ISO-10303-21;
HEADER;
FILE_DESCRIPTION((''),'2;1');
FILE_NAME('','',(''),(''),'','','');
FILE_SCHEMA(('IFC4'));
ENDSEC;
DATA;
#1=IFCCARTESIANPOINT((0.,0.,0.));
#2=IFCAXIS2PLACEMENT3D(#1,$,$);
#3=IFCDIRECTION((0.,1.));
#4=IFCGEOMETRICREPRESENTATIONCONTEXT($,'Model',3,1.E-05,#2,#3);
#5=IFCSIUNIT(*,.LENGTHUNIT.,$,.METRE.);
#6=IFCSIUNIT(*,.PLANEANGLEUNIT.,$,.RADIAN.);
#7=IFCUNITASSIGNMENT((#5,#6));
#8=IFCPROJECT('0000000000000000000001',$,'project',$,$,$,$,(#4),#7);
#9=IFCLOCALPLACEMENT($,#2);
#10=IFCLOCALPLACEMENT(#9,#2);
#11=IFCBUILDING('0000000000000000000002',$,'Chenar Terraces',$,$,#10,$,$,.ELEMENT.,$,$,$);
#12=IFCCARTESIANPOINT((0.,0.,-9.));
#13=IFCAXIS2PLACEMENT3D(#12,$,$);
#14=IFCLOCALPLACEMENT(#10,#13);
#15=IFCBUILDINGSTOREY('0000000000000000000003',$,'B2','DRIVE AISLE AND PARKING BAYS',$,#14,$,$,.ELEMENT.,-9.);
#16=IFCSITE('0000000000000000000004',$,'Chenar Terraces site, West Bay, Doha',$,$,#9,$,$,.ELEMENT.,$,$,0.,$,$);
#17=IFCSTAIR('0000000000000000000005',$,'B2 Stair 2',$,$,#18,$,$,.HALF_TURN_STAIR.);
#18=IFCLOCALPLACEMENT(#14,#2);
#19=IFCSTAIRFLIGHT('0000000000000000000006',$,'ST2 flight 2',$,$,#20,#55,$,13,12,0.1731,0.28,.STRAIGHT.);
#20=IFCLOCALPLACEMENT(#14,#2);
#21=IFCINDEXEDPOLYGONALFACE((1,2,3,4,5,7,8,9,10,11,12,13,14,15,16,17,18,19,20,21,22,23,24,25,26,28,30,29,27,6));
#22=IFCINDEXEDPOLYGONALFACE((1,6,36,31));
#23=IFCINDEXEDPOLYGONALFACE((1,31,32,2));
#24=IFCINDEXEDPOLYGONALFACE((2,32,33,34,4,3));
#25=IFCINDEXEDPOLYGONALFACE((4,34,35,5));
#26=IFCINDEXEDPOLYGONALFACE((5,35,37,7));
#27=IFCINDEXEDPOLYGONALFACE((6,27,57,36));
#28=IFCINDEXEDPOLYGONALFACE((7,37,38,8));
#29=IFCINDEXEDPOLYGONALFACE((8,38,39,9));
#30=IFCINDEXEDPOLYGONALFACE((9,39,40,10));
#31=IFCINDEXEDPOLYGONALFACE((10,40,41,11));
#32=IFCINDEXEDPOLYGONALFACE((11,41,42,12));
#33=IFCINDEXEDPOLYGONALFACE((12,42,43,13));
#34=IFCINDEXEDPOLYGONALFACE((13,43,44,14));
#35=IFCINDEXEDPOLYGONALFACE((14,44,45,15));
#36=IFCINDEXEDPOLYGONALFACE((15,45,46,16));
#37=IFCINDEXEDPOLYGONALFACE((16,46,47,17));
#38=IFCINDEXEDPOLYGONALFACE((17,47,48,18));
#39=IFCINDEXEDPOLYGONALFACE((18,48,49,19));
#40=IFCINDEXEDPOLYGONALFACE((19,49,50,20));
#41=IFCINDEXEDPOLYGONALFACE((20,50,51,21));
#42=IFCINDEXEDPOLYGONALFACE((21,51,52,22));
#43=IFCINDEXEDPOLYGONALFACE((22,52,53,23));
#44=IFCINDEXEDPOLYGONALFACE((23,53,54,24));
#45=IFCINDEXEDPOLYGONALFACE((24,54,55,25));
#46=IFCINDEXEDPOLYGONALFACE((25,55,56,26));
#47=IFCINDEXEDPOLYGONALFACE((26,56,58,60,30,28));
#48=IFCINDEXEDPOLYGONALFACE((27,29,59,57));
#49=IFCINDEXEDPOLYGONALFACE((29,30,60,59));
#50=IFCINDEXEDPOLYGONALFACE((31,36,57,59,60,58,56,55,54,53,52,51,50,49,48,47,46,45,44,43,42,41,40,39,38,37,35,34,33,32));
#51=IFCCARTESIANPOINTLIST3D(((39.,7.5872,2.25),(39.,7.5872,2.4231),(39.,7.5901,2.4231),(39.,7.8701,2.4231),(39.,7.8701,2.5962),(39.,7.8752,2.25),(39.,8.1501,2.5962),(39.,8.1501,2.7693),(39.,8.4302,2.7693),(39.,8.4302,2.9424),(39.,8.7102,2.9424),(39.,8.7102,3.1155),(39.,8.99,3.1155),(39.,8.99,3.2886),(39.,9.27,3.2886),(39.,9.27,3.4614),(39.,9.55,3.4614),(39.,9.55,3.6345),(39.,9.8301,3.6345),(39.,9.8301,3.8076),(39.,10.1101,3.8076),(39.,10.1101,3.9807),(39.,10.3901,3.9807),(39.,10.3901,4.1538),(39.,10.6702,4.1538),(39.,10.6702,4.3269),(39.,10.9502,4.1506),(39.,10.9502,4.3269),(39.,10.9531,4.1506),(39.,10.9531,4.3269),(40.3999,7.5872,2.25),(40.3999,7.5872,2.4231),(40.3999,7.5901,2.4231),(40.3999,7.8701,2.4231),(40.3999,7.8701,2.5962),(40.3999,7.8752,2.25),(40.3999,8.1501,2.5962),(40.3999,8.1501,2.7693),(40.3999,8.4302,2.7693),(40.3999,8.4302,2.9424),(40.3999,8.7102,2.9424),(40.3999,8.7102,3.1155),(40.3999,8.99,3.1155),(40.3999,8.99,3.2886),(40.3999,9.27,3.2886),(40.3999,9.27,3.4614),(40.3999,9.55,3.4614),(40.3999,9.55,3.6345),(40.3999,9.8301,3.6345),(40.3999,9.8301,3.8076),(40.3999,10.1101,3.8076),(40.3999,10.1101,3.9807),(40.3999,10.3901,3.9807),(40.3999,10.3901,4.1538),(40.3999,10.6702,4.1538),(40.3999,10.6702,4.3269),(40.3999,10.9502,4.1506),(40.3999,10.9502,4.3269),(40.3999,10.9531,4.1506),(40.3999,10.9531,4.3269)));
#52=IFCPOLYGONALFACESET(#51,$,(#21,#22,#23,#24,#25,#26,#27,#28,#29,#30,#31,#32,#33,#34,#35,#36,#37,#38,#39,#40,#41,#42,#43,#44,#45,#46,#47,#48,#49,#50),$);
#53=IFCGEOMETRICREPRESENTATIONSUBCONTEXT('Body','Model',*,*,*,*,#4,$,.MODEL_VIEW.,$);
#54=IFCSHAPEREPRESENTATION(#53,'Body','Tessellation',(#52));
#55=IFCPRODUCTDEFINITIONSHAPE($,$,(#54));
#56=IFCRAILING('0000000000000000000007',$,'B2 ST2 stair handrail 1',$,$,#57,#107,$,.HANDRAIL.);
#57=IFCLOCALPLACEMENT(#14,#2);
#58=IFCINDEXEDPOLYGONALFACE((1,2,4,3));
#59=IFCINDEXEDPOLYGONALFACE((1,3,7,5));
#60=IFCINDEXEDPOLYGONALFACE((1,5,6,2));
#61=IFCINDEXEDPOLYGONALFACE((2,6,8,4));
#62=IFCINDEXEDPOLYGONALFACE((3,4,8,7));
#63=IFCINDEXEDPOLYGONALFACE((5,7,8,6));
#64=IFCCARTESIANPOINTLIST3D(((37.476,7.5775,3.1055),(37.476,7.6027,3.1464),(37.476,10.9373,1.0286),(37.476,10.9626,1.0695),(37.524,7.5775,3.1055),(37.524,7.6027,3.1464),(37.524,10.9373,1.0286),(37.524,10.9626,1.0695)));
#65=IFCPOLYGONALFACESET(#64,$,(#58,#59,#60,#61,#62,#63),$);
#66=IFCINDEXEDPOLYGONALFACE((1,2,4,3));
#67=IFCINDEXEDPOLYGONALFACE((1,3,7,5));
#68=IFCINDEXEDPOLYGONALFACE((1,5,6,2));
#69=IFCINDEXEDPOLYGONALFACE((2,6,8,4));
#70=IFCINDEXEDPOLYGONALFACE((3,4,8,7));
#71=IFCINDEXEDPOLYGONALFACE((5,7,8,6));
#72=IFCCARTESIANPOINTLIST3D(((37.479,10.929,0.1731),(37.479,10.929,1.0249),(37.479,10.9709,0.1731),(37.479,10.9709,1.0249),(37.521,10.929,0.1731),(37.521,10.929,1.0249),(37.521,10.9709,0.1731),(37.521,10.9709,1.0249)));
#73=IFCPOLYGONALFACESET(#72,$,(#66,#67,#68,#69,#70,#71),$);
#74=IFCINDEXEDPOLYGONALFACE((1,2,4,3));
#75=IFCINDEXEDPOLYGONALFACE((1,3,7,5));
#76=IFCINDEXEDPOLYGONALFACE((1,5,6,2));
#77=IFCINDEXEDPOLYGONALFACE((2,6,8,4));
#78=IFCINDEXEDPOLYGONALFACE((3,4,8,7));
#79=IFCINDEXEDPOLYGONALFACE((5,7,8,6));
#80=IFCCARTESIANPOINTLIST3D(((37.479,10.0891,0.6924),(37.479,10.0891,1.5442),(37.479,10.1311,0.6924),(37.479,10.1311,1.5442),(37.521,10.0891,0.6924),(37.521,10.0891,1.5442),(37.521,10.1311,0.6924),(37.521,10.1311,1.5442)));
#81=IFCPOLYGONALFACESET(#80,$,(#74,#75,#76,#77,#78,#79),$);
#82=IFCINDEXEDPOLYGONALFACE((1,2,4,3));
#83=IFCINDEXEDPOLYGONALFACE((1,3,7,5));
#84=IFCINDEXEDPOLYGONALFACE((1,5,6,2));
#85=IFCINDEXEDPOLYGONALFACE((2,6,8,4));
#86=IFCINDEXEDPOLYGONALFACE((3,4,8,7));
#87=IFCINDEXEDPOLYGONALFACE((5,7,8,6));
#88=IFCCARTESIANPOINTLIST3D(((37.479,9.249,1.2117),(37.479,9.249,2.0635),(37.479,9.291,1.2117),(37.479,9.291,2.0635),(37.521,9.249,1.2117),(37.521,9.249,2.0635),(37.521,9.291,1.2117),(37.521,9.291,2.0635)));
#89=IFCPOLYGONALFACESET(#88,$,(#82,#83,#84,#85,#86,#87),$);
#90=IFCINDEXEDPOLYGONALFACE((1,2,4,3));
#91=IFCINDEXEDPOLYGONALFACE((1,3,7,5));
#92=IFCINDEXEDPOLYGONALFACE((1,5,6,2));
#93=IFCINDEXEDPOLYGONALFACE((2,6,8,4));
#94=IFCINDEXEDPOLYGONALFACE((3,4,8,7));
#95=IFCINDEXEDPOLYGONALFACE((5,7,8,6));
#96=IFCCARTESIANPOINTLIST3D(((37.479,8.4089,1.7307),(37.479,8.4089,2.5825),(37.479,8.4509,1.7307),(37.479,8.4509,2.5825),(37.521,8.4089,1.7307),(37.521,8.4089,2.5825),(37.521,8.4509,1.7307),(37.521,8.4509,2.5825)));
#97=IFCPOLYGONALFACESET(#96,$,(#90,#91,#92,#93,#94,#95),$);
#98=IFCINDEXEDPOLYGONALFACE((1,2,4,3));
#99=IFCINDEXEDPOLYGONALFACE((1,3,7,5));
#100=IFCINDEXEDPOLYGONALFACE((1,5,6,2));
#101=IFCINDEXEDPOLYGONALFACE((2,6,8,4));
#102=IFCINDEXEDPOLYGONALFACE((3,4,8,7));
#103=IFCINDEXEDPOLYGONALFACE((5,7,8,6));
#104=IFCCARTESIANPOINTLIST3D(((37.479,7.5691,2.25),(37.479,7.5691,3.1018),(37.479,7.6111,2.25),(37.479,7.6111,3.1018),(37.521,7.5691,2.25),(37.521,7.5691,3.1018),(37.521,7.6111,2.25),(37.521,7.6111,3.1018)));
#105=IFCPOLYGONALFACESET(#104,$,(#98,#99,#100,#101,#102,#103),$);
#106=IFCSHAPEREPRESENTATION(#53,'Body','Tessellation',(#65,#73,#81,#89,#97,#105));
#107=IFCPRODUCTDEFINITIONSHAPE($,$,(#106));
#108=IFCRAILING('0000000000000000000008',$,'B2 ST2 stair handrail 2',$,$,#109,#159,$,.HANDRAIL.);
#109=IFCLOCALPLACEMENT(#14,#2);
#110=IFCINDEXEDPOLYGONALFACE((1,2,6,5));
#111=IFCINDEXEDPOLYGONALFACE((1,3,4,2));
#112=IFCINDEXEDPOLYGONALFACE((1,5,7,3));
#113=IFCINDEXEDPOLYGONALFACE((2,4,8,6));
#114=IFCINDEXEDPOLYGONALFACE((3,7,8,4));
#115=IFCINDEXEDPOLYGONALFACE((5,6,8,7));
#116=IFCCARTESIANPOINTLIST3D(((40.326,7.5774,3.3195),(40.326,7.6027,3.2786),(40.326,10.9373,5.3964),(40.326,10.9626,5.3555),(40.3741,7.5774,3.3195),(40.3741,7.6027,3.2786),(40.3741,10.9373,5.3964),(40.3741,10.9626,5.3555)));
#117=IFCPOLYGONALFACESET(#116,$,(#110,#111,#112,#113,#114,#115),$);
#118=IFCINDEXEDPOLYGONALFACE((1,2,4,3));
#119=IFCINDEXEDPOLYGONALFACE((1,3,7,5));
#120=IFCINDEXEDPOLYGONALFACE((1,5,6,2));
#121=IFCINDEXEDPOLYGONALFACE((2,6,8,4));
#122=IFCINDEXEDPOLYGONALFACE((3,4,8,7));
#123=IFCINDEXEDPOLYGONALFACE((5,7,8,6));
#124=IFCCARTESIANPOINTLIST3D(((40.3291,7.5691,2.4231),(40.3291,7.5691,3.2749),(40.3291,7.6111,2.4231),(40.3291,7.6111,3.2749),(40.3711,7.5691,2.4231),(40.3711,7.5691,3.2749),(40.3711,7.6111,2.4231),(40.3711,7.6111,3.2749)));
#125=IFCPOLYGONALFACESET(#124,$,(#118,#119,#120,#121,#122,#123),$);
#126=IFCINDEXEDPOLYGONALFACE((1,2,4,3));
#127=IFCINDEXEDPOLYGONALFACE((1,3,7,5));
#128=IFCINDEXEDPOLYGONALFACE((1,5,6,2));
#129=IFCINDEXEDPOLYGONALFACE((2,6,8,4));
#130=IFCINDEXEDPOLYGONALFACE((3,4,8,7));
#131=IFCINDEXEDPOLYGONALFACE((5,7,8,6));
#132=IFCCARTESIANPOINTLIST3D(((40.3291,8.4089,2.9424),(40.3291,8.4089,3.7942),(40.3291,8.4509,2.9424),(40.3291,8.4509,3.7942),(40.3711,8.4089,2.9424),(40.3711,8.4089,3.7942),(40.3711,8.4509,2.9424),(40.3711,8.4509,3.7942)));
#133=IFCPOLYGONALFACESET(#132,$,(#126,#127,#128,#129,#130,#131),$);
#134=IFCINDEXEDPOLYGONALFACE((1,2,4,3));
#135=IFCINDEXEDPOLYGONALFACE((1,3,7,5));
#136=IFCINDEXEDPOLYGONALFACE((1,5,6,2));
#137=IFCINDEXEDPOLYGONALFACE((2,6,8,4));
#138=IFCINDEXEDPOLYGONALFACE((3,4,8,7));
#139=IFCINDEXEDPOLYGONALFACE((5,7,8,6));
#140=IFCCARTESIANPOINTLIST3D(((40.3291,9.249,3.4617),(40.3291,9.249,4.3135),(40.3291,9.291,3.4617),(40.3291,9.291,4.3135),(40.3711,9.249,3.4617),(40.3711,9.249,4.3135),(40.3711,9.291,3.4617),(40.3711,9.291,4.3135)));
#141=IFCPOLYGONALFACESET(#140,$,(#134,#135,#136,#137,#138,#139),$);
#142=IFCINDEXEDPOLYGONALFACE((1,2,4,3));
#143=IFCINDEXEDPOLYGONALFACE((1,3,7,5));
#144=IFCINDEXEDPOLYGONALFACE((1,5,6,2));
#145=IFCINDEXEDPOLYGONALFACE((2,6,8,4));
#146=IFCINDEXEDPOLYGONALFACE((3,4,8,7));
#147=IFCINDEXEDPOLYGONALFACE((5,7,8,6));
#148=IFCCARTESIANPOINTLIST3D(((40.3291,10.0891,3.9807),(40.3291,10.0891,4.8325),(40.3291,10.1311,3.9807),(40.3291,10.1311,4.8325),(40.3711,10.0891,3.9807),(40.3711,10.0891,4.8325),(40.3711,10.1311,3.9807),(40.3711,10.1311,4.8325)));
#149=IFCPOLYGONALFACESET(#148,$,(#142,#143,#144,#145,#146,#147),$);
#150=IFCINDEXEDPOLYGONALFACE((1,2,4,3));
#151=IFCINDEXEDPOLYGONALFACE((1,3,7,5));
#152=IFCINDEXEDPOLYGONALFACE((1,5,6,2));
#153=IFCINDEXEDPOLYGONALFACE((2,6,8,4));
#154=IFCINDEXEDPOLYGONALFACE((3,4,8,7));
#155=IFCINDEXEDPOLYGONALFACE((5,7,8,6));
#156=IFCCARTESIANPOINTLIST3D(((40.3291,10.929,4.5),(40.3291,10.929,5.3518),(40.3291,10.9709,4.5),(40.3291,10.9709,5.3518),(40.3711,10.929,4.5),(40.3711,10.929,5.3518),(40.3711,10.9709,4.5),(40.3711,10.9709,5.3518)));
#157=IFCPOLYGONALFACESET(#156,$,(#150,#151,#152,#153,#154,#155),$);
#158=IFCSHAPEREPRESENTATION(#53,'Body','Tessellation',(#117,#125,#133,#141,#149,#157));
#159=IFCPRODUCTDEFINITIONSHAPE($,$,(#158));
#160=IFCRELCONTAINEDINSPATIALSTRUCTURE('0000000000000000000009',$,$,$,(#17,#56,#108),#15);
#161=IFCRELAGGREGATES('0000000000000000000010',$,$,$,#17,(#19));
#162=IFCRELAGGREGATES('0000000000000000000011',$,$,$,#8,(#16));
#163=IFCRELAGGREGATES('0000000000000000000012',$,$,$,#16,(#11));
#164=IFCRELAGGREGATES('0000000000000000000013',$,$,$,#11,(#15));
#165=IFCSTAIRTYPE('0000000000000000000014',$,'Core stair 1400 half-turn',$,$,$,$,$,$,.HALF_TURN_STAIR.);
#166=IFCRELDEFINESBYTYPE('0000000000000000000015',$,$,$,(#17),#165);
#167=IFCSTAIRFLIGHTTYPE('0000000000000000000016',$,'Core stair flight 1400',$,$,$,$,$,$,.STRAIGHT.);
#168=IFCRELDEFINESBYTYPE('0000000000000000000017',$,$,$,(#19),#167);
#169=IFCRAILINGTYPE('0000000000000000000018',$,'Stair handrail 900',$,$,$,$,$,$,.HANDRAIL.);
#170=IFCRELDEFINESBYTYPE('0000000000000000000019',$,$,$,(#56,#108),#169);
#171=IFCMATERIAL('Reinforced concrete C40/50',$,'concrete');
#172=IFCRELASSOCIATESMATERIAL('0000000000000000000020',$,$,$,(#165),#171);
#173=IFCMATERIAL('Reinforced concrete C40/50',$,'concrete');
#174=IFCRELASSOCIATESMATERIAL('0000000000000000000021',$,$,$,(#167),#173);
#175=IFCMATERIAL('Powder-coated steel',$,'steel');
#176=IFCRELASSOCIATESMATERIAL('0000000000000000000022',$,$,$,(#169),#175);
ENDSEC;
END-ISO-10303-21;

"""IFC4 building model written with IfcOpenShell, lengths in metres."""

from ifc_helpers import new_model, si_unit, direction, frame, origin, origin_2d, place, context, subcontext, project, spatial, polyline, rectangle, outline, extrude, material, type_object, element, aggregate, save


model = new_model("IFC4")

# Units and contexts
model_context = context("Model", 3, precision=1e-05, world=origin(), true_north=direction((0.0, 1.0)))
body_context = subcontext(model_context, "Body", "Model", "MODEL_VIEW")
ifc_project = project(units=[si_unit("LENGTHUNIT", "METRE"), si_unit("PLANEANGLEUNIT", "RADIAN")], contexts=[model_context])

# Site, building, storey
site_placement = place(None, origin())
site = spatial("IfcSite", under=ifc_project, at=site_placement, Name="Chenar Terraces site, West Bay, Doha", CompositionType="ELEMENT", RefElevation=0.0)
building_placement = place(site_placement, origin())
building = spatial("IfcBuilding", under=site, at=building_placement, Name="Chenar Terraces", CompositionType="ELEMENT")
storey_placement = place(building_placement, frame((0.0, 0.0, -9.0)))
storey = spatial("IfcBuildingStorey", under=building, at=storey_placement, Name="B2", Description="DRIVE AISLE AND PARKING BAYS", CompositionType="ELEMENT", Elevation=-9.0)

# Stair, stair flight
ifc_material_1 = material(Name="Reinforced concrete C40/50", Category="concrete")
stair_type = type_object("IfcStairType", Name="Core stair 1400 half-turn", PredefinedType="HALF_TURN_STAIR", material=ifc_material_1)
stair_placement = place(storey_placement, origin())
stair = element("IfcStair", 1, at=stair_placement, inside=storey, type_object=stair_type, Name="B2 Stair 2", PredefinedType="HALF_TURN_STAIR")
ifc_material_2 = material(Name="Reinforced concrete C40/50", Category="concrete")
stair_flight_type = type_object("IfcStairFlightType", Name="Core stair flight 1400", PredefinedType="STRAIGHT", material=ifc_material_2)
stair_flight_1_placement = place(storey_placement, frame((39.7, 7.5901, 2.25), z_axis=(0.0, 0.0, 1.0), x_axis=(0.0, 1.0, 0.0)))
stair_flight_1 = element("IfcStairFlight", 2, at=stair_flight_1_placement, type_object=stair_flight_type, Name="ST2 flight 2", NumberOfRisers=13, NumberOfTreads=12, PredefinedType="STRAIGHT", RiserHeight=0.1731, TreadLength=0.28, context=body_context, shape_type="SweptSolid", body=[
    extrude(outline(polyline([(-0.0029, 0.0), (-0.0029, 0.1731), (0.0, 0.1731), (0.28, 0.1731), (0.28, 0.3462), (0.5601, 0.3462), (0.5601, 0.5193), (0.8401, 0.5193), (0.8401, 0.6924), (1.1201, 0.6924), (1.1201, 0.8655), (1.3999, 0.8655), (1.3999, 1.0386), (1.6799, 1.0386), (1.6799, 1.2114), (1.96, 1.2114), (1.96, 1.3845), (2.24, 1.3845), (2.24, 1.5576), (2.52, 1.5576), (2.52, 1.7307), (2.8, 1.7307), (2.8, 1.9038), (3.0801, 1.9038), (3.0801, 2.0769), (3.3601, 2.0769), (3.363, 2.0769), (3.363, 1.9006), (3.3601, 1.9006), (0.2852, 0.0), (-0.0029, 0.0)])), frame((0.0, 0.7, 0.0), z_axis=(0.0, -1.0, 0.0), x_axis=(1.0, 0.0, 0.0)), (0.0, 0.0, 1.0), 1.3999),
])
aggregate(stair, [stair_flight_1])

# Railings
ifc_material_3 = material(Name="Powder-coated steel", Category="steel")
railing_type = type_object("IfcRailingType", Name="Stair handrail 900", PredefinedType="HANDRAIL", material=ifc_material_3)
railing_1_placement = place(storey_placement, frame((37.5, 10.95, 0.1731)))
element("IfcRailing", 3, at=railing_1_placement, inside=storey, type_object=railing_type, Name="B2 ST2 stair handrail 1", PredefinedType="HANDRAIL", context=body_context, shape_type="SweptSolid", body=[
    extrude(rectangle(XDim=0.0481, YDim=0.0481, at=origin_2d()), frame((0.0, 0.0, 0.876), z_axis=(0.0, -0.850606, 0.525803), x_axis=(1.0, 0.0, 0.0)), (0.0, 0.0, 1.0), 3.95),
    extrude(rectangle(XDim=0.042, YDim=0.042, at=origin_2d()), origin(), (0.0, 0.0, 1.0), 0.8518),
    extrude(rectangle(XDim=0.042, YDim=0.042, at=origin_2d()), frame((0.0, -0.8398, 0.5193)), (0.0, 0.0, 1.0), 0.8518),
    extrude(rectangle(XDim=0.042, YDim=0.042, at=origin_2d()), frame((0.0, -1.6799, 1.0386)), (0.0, 0.0, 1.0), 0.8518),
    extrude(rectangle(XDim=0.042, YDim=0.042, at=origin_2d()), frame((0.0, -2.52, 1.5576)), (0.0, 0.0, 1.0), 0.8518),
    extrude(rectangle(XDim=0.042, YDim=0.042, at=origin_2d()), frame((0.0, -3.3599, 2.0769)), (0.0, 0.0, 1.0), 0.8518),
])
railing_2_placement = place(storey_placement, frame((40.3501, 7.5901, 2.4231)))
element("IfcRailing", 4, at=railing_2_placement, inside=storey, type_object=railing_type, Name="B2 ST2 stair handrail 2", PredefinedType="HANDRAIL", context=body_context, shape_type="SweptSolid", body=[
    extrude(rectangle(XDim=0.0481, YDim=0.0481, at=origin_2d()), frame((0.0, 0.0, 0.876), z_axis=(0.0, 0.850606, 0.525803), x_axis=(-1.0, 0.0, 0.0)), (0.0, 0.0, 1.0), 3.95),
    extrude(rectangle(XDim=0.042, YDim=0.042, at=origin_2d()), origin(), (0.0, 0.0, 1.0), 0.8518),
    extrude(rectangle(XDim=0.042, YDim=0.042, at=origin_2d()), frame((0.0, 0.8398, 0.5193)), (0.0, 0.0, 1.0), 0.8518),
    extrude(rectangle(XDim=0.042, YDim=0.042, at=origin_2d()), frame((0.0, 1.6799, 1.0386)), (0.0, 0.0, 1.0), 0.8518),
    extrude(rectangle(XDim=0.042, YDim=0.042, at=origin_2d()), frame((0.0, 2.52, 1.5576)), (0.0, 0.0, 1.0), 0.8518),
    extrude(rectangle(XDim=0.042, YDim=0.042, at=origin_2d()), frame((0.0, 3.3599, 2.0769)), (0.0, 0.0, 1.0), 0.8518),
])

save(model, "model.ifc")
